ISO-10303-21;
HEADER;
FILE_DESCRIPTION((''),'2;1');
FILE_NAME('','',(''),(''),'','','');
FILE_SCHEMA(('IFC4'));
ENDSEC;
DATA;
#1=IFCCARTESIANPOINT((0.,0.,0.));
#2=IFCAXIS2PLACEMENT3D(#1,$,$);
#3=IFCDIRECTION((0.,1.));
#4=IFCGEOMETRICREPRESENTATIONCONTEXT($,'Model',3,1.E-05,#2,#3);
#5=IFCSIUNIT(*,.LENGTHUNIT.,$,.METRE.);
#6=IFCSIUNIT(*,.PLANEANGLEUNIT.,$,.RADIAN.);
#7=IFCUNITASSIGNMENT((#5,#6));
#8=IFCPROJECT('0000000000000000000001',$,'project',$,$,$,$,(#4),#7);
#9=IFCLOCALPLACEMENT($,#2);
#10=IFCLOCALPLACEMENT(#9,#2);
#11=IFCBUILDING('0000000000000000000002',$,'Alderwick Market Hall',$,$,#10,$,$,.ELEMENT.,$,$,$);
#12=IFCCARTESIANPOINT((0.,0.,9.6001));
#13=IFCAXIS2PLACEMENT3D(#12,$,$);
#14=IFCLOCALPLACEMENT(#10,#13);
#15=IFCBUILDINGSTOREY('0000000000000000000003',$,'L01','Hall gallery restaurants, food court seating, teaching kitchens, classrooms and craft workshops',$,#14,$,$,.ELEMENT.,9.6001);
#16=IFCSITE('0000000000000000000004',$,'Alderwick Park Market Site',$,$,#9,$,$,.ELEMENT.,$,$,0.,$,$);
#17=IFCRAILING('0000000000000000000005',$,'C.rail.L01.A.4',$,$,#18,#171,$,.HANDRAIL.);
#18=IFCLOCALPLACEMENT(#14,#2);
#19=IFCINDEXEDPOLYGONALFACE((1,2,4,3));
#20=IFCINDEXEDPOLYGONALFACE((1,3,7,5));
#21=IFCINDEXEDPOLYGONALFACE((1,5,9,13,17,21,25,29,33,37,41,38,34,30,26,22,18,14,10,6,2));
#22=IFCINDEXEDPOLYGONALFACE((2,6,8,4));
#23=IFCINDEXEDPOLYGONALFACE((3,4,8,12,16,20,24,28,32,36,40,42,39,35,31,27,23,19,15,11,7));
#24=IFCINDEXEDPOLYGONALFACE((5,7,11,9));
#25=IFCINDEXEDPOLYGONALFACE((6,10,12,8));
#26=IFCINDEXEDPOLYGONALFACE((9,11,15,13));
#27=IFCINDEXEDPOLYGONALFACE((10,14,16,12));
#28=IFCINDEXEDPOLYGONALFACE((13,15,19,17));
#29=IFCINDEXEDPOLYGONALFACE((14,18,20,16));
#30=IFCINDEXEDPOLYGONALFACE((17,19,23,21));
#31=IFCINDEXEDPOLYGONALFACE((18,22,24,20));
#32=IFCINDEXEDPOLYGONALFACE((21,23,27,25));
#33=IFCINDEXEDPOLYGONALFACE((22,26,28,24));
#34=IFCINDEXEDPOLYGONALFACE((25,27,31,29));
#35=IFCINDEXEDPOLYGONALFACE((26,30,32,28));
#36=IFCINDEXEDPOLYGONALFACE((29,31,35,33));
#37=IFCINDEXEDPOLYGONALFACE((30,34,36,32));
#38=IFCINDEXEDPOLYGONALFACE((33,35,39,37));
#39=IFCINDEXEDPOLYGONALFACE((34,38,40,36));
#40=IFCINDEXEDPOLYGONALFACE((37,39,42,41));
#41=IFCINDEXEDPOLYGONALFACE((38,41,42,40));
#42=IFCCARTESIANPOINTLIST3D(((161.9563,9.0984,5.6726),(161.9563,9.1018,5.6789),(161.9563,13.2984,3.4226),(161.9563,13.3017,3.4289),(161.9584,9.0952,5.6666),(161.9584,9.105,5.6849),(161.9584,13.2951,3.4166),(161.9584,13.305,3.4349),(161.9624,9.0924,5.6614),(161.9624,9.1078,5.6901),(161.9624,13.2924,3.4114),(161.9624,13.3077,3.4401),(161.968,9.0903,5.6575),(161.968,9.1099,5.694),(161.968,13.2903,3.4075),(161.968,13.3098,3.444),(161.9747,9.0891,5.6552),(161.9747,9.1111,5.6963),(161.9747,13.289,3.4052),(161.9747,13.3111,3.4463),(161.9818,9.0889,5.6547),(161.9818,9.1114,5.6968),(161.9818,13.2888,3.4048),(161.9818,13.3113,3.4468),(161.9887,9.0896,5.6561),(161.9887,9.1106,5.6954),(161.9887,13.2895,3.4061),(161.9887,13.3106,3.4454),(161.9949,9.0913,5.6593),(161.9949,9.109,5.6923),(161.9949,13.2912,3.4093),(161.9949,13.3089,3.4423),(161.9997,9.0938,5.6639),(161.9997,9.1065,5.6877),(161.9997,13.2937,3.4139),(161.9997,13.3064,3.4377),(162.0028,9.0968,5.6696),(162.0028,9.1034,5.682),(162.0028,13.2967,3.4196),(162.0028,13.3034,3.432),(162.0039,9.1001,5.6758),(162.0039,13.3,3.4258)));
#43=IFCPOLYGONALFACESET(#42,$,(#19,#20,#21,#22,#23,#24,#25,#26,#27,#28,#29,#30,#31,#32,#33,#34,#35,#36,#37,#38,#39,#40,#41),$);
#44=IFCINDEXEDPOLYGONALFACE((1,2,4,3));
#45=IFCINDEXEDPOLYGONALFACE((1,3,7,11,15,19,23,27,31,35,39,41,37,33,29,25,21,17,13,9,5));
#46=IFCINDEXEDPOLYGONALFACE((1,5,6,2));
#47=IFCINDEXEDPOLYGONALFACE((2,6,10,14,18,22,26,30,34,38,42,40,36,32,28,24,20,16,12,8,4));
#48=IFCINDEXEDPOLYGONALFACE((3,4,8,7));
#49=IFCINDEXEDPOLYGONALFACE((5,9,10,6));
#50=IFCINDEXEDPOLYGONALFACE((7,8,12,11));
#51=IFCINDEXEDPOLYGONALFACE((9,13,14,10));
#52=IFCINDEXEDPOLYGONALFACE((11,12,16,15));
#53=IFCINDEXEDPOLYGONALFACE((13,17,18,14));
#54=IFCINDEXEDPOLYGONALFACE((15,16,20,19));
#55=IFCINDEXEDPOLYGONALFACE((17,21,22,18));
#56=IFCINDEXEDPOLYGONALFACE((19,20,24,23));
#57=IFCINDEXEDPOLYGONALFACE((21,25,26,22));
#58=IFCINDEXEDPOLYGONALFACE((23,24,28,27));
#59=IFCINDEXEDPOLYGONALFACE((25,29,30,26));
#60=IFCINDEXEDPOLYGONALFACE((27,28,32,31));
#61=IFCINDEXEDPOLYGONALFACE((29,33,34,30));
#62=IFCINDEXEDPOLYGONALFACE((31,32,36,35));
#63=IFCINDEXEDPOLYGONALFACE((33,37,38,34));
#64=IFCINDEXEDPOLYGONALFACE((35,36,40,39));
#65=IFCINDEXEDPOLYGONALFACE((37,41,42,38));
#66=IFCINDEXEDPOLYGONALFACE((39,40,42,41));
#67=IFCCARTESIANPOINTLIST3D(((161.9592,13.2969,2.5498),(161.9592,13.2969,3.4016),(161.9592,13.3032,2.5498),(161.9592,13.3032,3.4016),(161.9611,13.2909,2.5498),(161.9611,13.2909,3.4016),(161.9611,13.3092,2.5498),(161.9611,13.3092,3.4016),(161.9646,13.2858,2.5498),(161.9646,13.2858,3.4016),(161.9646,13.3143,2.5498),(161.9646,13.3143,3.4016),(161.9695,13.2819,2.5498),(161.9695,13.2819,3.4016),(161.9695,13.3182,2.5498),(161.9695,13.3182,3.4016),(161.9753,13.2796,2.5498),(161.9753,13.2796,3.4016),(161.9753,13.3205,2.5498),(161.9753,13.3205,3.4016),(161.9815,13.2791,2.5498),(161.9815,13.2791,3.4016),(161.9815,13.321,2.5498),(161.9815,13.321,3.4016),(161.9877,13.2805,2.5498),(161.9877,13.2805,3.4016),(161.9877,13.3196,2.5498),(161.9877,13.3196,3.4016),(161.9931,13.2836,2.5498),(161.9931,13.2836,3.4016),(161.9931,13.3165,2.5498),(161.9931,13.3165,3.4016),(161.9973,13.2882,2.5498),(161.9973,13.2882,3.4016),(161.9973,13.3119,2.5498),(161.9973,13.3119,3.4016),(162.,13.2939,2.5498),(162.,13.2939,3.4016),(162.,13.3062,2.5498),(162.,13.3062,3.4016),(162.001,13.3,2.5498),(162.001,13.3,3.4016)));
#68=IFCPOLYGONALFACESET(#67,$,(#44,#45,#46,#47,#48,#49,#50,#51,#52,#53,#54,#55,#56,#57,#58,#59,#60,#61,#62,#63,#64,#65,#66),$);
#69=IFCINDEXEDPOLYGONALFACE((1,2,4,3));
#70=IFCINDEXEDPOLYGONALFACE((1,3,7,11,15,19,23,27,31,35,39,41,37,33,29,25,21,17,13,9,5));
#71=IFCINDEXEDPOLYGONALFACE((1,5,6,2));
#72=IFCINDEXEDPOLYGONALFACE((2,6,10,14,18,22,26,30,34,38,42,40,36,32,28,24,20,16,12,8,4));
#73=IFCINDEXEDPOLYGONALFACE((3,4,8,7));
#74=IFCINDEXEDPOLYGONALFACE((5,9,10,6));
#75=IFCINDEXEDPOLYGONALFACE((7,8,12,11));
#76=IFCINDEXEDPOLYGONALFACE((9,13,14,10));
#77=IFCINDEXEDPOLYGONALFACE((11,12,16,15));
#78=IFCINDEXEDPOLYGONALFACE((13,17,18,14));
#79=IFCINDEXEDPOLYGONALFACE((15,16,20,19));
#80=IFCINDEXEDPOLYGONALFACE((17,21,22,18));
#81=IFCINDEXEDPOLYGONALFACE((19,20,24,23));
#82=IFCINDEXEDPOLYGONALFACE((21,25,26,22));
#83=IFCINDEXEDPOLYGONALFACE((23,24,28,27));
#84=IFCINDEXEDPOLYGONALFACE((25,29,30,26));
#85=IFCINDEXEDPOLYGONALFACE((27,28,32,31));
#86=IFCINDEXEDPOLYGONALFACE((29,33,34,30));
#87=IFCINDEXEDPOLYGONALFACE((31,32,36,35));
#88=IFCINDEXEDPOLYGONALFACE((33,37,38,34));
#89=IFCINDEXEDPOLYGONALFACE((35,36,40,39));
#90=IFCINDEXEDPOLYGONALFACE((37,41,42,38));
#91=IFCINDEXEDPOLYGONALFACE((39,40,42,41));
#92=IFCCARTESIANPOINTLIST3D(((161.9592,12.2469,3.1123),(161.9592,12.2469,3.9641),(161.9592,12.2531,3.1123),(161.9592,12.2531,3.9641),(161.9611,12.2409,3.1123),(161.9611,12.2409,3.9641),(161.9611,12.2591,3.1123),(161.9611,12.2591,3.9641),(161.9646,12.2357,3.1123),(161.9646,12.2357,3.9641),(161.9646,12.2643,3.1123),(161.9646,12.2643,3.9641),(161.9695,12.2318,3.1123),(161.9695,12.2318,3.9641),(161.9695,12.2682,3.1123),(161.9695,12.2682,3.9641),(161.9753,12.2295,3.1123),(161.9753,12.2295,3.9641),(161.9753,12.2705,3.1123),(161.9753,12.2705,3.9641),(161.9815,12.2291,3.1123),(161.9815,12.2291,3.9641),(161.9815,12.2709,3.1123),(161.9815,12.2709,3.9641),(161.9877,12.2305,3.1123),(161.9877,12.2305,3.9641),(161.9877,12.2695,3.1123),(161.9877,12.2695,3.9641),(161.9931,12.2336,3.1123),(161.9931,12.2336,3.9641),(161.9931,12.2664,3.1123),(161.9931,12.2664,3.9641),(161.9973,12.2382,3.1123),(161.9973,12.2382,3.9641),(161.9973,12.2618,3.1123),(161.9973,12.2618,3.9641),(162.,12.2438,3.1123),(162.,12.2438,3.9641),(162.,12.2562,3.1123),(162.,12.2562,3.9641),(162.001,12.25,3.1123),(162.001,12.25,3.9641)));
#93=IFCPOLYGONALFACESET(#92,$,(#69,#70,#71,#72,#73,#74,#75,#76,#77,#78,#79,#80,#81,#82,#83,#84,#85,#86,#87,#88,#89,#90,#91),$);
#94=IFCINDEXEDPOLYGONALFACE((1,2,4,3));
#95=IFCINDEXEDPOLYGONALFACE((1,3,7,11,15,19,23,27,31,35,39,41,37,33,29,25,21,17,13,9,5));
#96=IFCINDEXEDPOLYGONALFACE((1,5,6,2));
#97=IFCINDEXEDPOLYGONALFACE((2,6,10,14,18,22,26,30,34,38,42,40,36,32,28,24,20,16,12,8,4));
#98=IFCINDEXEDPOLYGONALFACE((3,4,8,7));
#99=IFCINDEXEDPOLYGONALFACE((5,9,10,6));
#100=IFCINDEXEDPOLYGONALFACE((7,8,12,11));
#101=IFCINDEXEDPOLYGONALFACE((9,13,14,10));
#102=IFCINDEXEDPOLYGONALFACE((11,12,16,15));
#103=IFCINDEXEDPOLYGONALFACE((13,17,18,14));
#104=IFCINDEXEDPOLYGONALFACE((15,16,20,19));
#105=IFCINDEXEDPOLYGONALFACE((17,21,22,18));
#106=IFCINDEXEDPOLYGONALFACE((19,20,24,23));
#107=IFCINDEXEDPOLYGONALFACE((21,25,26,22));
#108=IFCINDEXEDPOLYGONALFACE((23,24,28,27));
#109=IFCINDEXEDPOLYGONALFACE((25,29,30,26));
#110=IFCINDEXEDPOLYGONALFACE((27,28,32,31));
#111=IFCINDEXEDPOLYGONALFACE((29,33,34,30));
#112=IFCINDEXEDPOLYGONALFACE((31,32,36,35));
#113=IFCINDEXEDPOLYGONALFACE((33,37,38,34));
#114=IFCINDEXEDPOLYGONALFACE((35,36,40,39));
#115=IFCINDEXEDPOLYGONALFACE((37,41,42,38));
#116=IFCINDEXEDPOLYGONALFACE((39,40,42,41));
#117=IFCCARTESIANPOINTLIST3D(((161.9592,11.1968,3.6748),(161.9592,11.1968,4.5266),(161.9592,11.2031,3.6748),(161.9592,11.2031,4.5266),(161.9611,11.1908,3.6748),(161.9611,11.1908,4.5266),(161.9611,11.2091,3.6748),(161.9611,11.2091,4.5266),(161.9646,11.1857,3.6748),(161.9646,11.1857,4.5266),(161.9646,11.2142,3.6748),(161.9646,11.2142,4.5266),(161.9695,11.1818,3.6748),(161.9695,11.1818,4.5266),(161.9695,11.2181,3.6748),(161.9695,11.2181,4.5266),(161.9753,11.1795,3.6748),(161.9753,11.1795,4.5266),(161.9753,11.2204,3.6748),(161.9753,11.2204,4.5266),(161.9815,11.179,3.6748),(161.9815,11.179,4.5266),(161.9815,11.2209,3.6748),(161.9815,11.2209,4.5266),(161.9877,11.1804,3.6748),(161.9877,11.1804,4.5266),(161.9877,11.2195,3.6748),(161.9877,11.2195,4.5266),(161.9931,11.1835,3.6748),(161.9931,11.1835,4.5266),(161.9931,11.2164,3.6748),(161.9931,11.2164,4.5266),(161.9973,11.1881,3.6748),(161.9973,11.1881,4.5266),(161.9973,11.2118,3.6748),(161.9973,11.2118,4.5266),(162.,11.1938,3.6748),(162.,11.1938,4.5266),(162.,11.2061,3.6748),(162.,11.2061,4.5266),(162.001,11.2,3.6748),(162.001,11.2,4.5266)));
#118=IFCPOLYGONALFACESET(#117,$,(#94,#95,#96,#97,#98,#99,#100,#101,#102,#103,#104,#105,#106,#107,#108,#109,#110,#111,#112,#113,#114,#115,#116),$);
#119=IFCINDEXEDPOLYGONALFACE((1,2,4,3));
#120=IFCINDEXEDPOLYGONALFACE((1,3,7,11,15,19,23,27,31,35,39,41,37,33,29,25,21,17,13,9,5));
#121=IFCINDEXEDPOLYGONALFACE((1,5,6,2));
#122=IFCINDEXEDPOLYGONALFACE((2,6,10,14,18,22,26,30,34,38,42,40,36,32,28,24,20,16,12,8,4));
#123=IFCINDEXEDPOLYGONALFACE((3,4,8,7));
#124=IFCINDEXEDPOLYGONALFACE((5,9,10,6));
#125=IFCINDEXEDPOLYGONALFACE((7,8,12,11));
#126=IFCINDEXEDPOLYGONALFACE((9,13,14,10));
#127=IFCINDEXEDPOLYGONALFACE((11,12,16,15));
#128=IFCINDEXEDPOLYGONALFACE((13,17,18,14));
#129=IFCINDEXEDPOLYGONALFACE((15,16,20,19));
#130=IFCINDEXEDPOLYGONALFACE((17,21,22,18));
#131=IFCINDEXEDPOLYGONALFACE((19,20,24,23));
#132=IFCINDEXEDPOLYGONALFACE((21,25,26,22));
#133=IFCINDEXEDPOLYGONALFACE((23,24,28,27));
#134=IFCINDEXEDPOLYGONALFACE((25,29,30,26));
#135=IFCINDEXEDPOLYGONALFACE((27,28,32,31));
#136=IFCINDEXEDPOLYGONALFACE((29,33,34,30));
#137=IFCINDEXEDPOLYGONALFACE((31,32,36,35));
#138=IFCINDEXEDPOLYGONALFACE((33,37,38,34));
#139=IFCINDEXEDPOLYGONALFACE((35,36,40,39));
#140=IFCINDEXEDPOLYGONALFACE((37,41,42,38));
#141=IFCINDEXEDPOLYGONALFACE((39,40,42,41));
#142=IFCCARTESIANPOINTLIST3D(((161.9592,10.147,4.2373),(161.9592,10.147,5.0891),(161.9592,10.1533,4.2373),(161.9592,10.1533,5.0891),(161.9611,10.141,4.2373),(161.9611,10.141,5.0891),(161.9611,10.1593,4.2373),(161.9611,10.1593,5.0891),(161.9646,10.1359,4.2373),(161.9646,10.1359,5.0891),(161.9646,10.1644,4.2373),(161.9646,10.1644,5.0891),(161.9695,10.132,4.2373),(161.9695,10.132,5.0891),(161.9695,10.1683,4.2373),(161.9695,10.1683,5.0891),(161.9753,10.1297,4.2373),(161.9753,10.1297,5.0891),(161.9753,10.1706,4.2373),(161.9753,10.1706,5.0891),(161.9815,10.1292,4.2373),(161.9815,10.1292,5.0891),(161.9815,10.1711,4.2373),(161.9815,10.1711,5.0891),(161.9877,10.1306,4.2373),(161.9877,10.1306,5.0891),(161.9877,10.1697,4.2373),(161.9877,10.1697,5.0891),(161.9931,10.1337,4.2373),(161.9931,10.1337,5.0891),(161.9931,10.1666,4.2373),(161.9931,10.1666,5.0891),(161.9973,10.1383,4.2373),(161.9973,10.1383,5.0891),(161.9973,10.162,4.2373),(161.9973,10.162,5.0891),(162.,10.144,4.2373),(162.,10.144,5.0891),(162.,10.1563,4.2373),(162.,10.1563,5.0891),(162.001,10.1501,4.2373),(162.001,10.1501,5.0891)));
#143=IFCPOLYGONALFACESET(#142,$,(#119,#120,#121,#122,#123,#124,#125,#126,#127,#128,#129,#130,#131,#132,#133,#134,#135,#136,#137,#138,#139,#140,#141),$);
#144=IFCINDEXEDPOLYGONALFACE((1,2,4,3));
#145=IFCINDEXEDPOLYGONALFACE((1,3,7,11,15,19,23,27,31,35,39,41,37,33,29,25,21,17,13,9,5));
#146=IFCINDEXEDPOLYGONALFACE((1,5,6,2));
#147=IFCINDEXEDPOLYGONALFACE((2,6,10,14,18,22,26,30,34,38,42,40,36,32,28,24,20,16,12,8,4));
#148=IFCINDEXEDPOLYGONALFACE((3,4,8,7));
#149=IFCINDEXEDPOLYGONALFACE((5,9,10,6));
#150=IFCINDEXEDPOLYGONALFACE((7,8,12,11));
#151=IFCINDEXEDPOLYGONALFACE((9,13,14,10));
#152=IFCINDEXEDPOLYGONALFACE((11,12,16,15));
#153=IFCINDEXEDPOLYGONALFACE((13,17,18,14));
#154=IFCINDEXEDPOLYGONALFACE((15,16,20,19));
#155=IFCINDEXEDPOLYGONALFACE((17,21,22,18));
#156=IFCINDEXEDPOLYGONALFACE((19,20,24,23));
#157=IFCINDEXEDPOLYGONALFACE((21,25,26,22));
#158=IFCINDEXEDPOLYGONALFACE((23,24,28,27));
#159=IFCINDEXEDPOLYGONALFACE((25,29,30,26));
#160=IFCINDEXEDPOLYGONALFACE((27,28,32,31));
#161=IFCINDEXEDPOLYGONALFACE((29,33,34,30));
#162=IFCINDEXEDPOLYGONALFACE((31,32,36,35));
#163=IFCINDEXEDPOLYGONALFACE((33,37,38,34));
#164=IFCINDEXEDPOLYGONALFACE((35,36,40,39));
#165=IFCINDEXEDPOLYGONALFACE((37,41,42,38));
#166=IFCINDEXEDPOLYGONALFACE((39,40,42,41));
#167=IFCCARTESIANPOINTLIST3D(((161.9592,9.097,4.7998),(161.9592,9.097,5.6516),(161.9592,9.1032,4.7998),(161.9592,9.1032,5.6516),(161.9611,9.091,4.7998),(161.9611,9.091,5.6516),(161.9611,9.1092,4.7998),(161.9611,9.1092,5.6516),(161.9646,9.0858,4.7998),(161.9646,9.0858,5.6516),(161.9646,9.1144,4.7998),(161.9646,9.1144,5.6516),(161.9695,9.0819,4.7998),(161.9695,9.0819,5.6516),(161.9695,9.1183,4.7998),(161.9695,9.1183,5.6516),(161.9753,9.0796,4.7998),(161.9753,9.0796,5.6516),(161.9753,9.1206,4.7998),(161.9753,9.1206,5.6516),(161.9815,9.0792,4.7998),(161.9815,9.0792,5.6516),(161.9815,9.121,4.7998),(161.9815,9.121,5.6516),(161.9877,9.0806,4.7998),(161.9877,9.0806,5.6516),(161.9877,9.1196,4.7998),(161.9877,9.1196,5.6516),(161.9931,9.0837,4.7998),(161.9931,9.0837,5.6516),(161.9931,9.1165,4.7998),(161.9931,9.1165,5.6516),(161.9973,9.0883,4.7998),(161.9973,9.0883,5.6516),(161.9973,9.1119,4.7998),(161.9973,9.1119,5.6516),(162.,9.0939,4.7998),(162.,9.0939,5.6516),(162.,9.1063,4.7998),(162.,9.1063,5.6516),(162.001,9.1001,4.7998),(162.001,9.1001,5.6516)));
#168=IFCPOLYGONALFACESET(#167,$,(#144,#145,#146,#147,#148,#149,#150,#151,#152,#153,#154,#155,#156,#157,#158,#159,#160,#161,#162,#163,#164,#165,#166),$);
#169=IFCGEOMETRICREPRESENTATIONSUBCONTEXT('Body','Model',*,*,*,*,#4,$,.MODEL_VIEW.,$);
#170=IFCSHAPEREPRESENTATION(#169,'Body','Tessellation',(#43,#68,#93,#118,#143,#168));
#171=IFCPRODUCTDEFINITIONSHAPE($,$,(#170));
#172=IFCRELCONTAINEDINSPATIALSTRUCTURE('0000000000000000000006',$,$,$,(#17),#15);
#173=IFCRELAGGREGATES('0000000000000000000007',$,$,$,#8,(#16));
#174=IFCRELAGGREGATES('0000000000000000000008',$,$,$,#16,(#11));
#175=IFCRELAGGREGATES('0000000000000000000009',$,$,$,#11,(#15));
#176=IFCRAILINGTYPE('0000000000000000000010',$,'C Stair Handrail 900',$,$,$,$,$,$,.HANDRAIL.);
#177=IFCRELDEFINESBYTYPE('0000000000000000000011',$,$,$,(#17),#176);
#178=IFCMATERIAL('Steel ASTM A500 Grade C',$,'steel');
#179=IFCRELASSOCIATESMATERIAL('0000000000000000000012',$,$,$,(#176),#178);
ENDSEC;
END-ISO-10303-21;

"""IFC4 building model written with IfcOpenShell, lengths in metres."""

from ifc_helpers import new_model, si_unit, direction, frame, origin, origin_2d, place, context, subcontext, project, spatial, circle, extrude, material, type_object, element, save


model = new_model("IFC4")

# Units and contexts
model_context = context("Model", 3, precision=1e-05, world=origin(), true_north=direction((0.0, 1.0)))
body_context = subcontext(model_context, "Body", "Model", "MODEL_VIEW")
ifc_project = project(units=[si_unit("LENGTHUNIT", "METRE"), si_unit("PLANEANGLEUNIT", "RADIAN")], contexts=[model_context])

# Site, building, storey
site_placement = place(None, origin())
site = spatial("IfcSite", under=ifc_project, at=site_placement, Name="Alderwick Park Market Site", CompositionType="ELEMENT", RefElevation=0.0)
building_placement = place(site_placement, origin())
building = spatial("IfcBuilding", under=site, at=building_placement, Name="Alderwick Market Hall", CompositionType="ELEMENT")
storey_placement = place(building_placement, frame((0.0, 0.0, 9.6001)))
storey = spatial("IfcBuildingStorey", under=building, at=storey_placement, Name="L01", Description="Hall gallery restaurants, food court seating, teaching kitchens, classrooms and craft workshops", CompositionType="ELEMENT", Elevation=9.6001)

# Railing
ifc_material_1 = material(Name="Steel ASTM A500 Grade C", Category="steel")
railing_type = type_object("IfcRailingType", Name="C Stair Handrail 900", PredefinedType="HANDRAIL", material=ifc_material_1)
for number, where, name in (
    (1, (161.98, 13.3, 2.5498), "C.rail.L01.A.4"),
):
    element("IfcRailing", number, at=place(storey_placement, frame(where)), inside=storey, type_object=railing_type, Name=name, PredefinedType="HANDRAIL", context=body_context, shape_type="SweptSolid", body=[
        extrude(circle(Radius=0.0239, at=origin_2d()), frame((0.0, 0.0, 0.876), z_axis=(0.0, -0.881478, 0.472226), x_axis=(1.0, 0.0, 0.0)), (0.0, 0.0, 1.0), 4.7646),
        extrude(circle(Radius=0.021, at=origin_2d()), origin(), (0.0, 0.0, 1.0), 0.8518),
        extrude(circle(Radius=0.021, at=origin_2d()), frame((0.0, -1.05, 0.5625)), (0.0, 0.0, 1.0), 0.8518),
        extrude(circle(Radius=0.021, at=origin_2d()), frame((0.0, -2.1001, 1.125)), (0.0, 0.0, 1.0), 0.8518),
        extrude(circle(Radius=0.021, at=origin_2d()), frame((0.0, -3.1499, 1.6875)), (0.0, 0.0, 1.0), 0.8518),
        extrude(circle(Radius=0.021, at=origin_2d()), frame((0.0, -4.2, 2.25)), (0.0, 0.0, 1.0), 0.8518),
    ])

save(model, "model.ifc")
